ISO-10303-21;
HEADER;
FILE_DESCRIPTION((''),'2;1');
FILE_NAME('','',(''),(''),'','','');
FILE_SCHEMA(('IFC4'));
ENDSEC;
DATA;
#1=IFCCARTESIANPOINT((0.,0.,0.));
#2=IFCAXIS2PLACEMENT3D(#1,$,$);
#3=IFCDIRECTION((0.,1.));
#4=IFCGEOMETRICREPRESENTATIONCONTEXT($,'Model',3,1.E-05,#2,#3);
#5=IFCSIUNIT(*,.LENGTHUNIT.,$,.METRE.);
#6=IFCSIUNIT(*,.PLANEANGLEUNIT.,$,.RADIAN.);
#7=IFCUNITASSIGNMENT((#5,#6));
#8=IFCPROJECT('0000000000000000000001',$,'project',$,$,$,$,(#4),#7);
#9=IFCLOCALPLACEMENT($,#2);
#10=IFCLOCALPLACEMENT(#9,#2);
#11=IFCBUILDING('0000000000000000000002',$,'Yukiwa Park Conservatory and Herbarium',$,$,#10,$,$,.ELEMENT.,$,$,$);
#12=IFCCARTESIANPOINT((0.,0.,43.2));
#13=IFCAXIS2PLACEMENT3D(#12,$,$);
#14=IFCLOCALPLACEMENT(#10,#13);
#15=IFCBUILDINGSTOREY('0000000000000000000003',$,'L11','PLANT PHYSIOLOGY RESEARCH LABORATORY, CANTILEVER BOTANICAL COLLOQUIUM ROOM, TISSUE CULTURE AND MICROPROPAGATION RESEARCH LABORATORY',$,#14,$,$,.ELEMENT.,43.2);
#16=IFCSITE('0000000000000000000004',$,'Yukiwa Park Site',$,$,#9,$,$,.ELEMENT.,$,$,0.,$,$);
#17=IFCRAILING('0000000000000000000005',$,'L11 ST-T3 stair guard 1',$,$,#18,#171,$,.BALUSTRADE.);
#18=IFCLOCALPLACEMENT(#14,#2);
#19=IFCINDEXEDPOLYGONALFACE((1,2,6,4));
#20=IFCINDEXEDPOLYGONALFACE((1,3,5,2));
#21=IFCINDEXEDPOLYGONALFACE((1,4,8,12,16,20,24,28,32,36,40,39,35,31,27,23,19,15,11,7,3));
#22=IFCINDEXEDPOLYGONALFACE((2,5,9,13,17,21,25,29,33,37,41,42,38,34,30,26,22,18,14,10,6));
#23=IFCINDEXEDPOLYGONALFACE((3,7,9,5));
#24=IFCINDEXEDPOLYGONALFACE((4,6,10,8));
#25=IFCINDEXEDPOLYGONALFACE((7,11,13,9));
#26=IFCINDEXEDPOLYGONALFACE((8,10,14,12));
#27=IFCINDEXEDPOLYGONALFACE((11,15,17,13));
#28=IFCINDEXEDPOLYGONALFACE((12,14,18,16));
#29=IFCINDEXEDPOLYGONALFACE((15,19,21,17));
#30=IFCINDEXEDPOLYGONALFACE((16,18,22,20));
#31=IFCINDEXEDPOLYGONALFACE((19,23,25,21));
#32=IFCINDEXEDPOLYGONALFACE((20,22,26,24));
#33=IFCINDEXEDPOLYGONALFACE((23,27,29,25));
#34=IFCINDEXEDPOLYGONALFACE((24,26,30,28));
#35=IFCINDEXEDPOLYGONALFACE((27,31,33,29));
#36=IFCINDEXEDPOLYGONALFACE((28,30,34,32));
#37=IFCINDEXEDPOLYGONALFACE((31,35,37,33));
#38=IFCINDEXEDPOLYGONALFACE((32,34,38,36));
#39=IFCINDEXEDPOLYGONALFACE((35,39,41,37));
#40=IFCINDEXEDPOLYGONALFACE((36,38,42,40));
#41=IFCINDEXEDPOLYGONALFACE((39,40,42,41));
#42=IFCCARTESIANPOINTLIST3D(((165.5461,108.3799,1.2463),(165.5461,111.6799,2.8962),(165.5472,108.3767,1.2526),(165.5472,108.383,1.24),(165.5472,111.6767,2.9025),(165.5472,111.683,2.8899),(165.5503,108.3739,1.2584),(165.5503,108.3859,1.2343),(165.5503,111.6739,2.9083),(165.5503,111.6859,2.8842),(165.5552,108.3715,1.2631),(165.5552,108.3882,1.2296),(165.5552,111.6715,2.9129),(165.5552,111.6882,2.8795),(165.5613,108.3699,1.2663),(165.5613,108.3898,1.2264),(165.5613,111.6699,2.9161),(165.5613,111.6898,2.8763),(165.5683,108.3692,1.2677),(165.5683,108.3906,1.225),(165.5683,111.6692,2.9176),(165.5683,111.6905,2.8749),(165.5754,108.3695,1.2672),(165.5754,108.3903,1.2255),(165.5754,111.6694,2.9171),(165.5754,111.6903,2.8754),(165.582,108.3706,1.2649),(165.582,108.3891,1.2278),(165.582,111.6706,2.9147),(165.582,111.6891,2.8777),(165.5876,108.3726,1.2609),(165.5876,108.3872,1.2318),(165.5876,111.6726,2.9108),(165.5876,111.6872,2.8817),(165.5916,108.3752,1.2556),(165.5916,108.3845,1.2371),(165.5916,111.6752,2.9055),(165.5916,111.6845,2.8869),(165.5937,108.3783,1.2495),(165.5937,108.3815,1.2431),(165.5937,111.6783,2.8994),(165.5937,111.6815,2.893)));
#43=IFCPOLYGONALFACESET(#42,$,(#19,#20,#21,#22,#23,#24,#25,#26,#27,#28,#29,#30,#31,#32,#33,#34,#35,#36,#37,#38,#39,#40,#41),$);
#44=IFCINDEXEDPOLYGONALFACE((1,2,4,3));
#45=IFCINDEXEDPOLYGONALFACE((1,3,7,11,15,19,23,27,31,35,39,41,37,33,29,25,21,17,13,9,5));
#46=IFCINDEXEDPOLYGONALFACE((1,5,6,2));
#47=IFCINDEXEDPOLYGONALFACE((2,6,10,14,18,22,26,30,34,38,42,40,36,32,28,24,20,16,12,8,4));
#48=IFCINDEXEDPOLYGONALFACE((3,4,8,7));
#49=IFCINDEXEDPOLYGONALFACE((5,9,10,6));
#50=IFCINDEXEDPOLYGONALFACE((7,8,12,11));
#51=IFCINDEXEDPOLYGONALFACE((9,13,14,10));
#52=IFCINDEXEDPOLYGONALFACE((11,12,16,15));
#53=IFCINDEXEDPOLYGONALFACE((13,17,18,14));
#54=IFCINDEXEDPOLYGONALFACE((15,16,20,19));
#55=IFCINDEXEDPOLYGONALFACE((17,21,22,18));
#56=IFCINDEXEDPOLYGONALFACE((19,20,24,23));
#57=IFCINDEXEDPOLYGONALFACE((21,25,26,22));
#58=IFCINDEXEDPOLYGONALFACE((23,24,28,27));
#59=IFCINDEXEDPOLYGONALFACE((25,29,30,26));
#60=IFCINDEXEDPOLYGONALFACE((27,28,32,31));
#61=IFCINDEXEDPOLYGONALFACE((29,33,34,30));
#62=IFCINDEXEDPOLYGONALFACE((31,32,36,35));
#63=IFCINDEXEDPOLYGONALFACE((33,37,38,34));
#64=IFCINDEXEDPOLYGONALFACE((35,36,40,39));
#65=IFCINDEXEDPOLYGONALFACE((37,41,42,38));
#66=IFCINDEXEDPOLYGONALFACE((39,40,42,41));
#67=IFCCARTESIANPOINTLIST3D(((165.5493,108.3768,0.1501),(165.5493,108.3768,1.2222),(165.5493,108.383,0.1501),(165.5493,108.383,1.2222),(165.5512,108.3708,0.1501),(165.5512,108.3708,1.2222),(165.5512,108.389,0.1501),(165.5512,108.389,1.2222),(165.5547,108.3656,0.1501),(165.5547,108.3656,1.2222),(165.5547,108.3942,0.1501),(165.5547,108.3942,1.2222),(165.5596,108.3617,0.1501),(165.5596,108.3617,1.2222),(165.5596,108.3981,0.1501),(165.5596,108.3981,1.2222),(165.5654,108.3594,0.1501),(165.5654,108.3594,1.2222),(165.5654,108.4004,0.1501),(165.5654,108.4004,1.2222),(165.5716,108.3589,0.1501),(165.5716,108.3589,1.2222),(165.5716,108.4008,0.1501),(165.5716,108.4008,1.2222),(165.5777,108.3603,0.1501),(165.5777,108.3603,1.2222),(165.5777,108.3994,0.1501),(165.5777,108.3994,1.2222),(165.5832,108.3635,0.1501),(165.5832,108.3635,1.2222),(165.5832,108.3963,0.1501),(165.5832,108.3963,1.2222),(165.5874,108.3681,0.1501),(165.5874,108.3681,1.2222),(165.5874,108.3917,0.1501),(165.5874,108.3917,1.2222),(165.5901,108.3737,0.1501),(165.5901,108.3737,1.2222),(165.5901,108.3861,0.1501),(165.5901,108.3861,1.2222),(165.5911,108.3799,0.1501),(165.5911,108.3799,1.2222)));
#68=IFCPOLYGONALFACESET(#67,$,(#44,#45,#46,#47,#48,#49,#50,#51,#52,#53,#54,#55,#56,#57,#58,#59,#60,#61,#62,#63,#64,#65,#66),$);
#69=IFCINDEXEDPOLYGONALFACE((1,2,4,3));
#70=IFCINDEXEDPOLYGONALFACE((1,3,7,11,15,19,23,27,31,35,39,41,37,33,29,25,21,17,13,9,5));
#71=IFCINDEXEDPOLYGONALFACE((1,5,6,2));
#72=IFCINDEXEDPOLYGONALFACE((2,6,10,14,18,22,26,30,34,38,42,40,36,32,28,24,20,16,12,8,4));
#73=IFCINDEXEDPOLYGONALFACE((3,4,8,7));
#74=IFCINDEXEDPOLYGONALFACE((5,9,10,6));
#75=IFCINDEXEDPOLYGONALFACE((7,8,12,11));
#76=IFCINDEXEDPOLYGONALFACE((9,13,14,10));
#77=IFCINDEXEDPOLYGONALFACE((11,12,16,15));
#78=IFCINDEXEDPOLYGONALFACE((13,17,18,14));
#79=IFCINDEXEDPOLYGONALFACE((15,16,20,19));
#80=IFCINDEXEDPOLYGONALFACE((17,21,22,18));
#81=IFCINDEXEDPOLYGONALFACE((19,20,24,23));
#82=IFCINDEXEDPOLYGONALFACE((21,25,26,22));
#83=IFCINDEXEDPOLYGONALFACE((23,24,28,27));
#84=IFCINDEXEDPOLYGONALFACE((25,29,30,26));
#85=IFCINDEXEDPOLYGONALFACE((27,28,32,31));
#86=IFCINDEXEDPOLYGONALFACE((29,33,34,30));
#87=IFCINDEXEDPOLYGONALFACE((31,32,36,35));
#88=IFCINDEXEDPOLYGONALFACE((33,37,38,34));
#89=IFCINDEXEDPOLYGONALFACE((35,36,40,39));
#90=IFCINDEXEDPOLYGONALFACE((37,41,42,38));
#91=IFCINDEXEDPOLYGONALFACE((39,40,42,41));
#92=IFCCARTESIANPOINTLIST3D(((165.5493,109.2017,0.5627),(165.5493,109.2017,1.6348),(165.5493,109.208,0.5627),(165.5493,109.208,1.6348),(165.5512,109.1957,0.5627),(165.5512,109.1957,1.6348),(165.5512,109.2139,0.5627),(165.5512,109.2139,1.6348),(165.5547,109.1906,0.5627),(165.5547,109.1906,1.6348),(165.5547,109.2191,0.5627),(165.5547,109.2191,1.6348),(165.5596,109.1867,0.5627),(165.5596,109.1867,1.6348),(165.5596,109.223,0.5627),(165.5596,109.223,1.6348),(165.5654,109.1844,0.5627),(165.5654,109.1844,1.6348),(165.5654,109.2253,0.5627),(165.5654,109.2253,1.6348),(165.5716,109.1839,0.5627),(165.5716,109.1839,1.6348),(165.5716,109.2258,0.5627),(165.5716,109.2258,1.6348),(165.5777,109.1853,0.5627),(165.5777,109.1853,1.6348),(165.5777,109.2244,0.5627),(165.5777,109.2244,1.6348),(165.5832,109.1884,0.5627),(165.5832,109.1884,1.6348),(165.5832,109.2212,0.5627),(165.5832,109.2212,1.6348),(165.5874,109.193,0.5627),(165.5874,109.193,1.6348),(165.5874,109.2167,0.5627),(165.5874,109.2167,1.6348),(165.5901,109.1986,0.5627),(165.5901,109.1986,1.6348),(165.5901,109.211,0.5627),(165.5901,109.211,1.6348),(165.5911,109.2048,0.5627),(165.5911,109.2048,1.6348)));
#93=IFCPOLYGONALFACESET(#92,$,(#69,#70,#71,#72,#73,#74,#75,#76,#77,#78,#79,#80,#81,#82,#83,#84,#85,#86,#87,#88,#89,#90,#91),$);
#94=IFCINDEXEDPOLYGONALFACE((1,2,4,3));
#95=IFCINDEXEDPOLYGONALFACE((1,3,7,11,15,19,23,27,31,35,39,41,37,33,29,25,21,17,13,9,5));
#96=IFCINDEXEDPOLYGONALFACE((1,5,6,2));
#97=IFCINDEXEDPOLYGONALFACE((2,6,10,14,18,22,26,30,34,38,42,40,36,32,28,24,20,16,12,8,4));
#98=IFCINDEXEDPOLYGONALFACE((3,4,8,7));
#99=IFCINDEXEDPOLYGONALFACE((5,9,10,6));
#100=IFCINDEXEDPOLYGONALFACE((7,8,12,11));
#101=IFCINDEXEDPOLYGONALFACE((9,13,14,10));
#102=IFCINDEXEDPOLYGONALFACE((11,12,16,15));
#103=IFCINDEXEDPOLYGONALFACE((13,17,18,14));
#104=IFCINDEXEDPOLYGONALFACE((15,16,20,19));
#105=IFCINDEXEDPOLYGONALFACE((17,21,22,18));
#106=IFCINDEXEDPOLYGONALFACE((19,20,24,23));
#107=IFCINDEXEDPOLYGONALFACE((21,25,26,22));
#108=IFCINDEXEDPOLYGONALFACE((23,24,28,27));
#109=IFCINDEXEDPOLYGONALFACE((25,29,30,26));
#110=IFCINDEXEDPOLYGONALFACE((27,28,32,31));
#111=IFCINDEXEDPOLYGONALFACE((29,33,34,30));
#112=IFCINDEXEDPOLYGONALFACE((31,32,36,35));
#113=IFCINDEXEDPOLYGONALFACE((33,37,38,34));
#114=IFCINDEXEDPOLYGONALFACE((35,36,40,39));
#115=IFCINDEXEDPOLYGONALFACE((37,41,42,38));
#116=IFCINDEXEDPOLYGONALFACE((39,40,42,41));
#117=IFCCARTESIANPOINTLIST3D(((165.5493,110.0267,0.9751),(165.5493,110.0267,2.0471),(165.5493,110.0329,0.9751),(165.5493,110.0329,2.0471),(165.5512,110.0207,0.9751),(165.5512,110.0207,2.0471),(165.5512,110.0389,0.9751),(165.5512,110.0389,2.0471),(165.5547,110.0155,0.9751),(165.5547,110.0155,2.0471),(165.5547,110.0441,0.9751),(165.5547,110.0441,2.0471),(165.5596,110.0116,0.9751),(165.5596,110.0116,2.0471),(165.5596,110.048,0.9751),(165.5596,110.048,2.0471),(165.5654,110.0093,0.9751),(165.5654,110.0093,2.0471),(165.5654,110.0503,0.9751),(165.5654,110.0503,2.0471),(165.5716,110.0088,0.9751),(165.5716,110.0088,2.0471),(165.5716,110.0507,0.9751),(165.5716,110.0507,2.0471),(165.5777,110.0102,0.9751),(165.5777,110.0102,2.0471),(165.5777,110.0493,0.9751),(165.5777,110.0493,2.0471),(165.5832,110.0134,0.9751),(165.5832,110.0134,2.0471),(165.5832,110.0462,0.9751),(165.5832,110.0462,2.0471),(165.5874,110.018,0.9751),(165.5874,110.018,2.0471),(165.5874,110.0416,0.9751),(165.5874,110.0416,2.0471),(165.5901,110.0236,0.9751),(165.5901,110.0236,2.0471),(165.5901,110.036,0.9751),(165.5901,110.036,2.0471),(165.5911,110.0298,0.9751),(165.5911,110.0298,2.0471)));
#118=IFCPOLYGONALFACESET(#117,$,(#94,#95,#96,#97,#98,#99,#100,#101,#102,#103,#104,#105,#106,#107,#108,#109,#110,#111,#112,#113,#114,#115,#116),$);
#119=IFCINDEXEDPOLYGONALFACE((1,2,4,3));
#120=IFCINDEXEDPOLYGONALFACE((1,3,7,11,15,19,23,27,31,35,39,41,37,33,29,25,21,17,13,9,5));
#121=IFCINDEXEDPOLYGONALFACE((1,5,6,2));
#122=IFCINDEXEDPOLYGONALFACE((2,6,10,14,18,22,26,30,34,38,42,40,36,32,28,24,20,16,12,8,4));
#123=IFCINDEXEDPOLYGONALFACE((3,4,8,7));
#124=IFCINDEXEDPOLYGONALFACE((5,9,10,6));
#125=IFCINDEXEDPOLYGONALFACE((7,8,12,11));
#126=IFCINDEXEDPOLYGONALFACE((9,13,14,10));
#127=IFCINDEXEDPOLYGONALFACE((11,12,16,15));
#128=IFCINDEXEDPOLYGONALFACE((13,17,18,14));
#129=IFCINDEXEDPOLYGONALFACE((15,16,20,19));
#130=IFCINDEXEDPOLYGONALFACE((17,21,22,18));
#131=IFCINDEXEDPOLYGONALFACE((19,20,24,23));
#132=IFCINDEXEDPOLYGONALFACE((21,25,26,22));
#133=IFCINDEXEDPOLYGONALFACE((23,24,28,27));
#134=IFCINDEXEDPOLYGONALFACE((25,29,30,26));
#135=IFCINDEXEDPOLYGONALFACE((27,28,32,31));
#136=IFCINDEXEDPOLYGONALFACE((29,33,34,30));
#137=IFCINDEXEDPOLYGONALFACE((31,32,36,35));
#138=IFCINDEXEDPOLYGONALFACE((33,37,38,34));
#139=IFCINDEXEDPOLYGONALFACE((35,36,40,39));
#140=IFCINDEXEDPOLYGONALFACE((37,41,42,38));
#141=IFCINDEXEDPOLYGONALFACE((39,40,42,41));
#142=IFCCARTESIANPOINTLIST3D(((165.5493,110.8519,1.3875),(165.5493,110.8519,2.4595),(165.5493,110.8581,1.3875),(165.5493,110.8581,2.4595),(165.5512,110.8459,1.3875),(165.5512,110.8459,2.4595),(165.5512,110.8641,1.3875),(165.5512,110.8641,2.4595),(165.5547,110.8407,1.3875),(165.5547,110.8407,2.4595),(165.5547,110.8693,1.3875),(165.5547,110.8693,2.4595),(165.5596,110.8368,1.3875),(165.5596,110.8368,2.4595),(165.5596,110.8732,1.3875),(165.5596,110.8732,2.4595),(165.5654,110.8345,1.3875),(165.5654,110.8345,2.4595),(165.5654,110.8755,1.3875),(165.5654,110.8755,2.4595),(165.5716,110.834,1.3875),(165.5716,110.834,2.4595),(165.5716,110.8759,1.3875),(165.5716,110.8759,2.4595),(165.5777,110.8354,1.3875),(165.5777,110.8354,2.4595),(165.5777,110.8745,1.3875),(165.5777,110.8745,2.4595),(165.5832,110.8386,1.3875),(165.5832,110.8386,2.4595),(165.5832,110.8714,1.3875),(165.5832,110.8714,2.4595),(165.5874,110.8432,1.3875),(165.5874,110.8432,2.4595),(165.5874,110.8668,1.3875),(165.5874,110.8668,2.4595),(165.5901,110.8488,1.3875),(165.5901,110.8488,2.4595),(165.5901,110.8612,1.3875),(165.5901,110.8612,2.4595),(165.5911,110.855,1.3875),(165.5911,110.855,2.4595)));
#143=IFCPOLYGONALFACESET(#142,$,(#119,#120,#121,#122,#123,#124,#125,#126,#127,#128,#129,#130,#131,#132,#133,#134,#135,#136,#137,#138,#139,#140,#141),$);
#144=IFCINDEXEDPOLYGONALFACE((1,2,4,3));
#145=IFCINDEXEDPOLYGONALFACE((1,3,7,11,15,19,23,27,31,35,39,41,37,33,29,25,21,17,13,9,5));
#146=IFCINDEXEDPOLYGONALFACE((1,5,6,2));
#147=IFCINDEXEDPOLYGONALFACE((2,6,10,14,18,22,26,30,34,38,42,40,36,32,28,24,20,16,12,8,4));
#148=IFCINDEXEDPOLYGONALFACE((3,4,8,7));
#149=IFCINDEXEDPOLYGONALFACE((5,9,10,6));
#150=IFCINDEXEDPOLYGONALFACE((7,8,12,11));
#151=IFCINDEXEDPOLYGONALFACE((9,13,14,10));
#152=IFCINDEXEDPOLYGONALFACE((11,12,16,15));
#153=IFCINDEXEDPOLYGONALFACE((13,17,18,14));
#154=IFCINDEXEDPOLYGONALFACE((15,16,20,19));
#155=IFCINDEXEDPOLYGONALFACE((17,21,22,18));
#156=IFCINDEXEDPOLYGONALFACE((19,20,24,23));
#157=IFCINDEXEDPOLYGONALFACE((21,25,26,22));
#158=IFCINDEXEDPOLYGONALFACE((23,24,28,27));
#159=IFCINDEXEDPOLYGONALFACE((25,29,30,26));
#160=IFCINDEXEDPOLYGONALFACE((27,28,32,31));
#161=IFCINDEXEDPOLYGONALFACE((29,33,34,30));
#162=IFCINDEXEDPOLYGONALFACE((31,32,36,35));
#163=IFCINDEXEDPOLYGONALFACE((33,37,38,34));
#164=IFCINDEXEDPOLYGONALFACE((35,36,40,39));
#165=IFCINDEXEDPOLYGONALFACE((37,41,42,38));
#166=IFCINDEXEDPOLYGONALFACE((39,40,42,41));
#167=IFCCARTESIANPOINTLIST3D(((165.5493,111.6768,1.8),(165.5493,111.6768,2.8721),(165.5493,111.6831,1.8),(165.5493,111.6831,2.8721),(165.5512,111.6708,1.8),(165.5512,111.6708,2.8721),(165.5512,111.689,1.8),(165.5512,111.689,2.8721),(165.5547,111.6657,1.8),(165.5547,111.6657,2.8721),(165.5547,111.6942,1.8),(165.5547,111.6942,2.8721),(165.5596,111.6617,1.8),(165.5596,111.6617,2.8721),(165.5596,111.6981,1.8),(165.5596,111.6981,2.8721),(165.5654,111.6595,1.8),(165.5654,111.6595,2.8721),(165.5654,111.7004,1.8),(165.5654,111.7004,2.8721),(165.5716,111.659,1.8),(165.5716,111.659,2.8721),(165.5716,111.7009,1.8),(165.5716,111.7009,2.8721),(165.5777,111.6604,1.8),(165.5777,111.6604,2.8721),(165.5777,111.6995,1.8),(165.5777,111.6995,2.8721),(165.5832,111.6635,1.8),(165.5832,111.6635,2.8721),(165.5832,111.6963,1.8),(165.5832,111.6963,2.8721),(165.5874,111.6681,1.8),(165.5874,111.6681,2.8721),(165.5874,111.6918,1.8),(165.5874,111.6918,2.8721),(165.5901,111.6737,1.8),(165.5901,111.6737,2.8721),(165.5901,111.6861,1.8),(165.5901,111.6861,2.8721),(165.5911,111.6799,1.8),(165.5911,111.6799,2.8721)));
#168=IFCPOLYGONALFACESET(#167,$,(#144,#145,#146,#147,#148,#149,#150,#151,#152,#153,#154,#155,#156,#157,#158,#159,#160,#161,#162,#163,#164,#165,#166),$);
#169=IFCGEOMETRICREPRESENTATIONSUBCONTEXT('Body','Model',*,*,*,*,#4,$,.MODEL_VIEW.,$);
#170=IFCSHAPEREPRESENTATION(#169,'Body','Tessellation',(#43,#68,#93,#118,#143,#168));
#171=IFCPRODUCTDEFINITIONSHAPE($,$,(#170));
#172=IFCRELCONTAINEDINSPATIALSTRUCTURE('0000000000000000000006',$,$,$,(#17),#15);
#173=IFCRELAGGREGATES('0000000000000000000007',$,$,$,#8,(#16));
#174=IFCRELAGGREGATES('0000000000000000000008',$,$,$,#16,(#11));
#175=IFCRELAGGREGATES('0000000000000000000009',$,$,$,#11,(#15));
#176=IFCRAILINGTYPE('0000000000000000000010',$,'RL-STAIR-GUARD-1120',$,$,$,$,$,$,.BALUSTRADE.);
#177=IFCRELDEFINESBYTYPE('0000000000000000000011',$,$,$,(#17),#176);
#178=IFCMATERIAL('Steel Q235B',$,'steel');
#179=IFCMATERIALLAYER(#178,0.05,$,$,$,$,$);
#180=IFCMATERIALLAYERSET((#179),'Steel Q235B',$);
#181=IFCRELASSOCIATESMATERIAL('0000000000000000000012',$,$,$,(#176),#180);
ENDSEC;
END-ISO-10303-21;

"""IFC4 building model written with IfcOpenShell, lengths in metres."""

from ifc_helpers import new_model, si_unit, direction, frame, origin, origin_2d, place, context, subcontext, project, spatial, circle, extrude, material, layer, layer_set, type_object, element, save


model = new_model("IFC4")

# Units and contexts
model_context = context("Model", 3, precision=1e-05, world=origin(), true_north=direction((0.0, 1.0)))
body_context = subcontext(model_context, "Body", "Model", "MODEL_VIEW")
ifc_project = project(units=[si_unit("LENGTHUNIT", "METRE"), si_unit("PLANEANGLEUNIT", "RADIAN")], contexts=[model_context])

# Site, building, storey
site_placement = place(None, origin())
site = spatial("IfcSite", under=ifc_project, at=site_placement, Name="Yukiwa Park Site", CompositionType="ELEMENT", RefElevation=0.0)
building_placement = place(site_placement, origin())
building = spatial("IfcBuilding", under=site, at=building_placement, Name="Yukiwa Park Conservatory and Herbarium", CompositionType="ELEMENT")
storey_placement = place(building_placement, frame((0.0, 0.0, 43.2)))
storey = spatial("IfcBuildingStorey", under=building, at=storey_placement, Name="L11", Description="PLANT PHYSIOLOGY RESEARCH LABORATORY, CANTILEVER BOTANICAL COLLOQUIUM ROOM, TISSUE CULTURE AND MICROPROPAGATION RESEARCH LABORATORY", CompositionType="ELEMENT", Elevation=43.2)

# Railing
ifc_material_1 = material(Name="Steel Q235B", Category="steel")
ifc_layer_1 = layer(ifc_material_1, 0.05)
ifc_layer_set_1 = layer_set([ifc_layer_1], Name="Steel Q235B")
railing_type_1 = type_object("IfcRailingType", Name="RL-STAIR-GUARD-1120", PredefinedType="BALUSTRADE", material=ifc_layer_set_1)
railing_1_placement = place(storey_placement, frame((165.5701, 108.3799, 0.1501)))
element("IfcRailing", 1, at=railing_1_placement, inside=storey, type_object=railing_type_1, Name="L11 ST-T3 stair guard 1", PredefinedType="BALUSTRADE", context=body_context, shape_type="SweptSolid", body=[
    extrude(circle(Radius=0.0239, at=origin_2d()), frame((0.0, 0.0, 1.0962), z_axis=(0.0, 0.89444, 0.447187), x_axis=(-1.0, 0.0, 0.0)), (0.0, 0.0, 1.0), 3.6895),
    extrude(circle(Radius=0.021, at=origin_2d()), origin(), (0.0, 0.0, 1.0), 1.072),
    extrude(circle(Radius=0.021, at=origin_2d()), frame((0.0, 0.825, 0.4126)), (0.0, 0.0, 1.0), 1.072),
    extrude(circle(Radius=0.021, at=origin_2d()), frame((0.0, 1.6499, 0.825)), (0.0, 0.0, 1.0), 1.072),
    extrude(circle(Radius=0.021, at=origin_2d()), frame((0.0, 2.4751, 1.2373)), (0.0, 0.0, 1.0), 1.072),
    extrude(circle(Radius=0.021, at=origin_2d()), frame((0.0, 3.3, 1.6499)), (0.0, 0.0, 1.0), 1.072),
])

save(model, "model.ifc")
